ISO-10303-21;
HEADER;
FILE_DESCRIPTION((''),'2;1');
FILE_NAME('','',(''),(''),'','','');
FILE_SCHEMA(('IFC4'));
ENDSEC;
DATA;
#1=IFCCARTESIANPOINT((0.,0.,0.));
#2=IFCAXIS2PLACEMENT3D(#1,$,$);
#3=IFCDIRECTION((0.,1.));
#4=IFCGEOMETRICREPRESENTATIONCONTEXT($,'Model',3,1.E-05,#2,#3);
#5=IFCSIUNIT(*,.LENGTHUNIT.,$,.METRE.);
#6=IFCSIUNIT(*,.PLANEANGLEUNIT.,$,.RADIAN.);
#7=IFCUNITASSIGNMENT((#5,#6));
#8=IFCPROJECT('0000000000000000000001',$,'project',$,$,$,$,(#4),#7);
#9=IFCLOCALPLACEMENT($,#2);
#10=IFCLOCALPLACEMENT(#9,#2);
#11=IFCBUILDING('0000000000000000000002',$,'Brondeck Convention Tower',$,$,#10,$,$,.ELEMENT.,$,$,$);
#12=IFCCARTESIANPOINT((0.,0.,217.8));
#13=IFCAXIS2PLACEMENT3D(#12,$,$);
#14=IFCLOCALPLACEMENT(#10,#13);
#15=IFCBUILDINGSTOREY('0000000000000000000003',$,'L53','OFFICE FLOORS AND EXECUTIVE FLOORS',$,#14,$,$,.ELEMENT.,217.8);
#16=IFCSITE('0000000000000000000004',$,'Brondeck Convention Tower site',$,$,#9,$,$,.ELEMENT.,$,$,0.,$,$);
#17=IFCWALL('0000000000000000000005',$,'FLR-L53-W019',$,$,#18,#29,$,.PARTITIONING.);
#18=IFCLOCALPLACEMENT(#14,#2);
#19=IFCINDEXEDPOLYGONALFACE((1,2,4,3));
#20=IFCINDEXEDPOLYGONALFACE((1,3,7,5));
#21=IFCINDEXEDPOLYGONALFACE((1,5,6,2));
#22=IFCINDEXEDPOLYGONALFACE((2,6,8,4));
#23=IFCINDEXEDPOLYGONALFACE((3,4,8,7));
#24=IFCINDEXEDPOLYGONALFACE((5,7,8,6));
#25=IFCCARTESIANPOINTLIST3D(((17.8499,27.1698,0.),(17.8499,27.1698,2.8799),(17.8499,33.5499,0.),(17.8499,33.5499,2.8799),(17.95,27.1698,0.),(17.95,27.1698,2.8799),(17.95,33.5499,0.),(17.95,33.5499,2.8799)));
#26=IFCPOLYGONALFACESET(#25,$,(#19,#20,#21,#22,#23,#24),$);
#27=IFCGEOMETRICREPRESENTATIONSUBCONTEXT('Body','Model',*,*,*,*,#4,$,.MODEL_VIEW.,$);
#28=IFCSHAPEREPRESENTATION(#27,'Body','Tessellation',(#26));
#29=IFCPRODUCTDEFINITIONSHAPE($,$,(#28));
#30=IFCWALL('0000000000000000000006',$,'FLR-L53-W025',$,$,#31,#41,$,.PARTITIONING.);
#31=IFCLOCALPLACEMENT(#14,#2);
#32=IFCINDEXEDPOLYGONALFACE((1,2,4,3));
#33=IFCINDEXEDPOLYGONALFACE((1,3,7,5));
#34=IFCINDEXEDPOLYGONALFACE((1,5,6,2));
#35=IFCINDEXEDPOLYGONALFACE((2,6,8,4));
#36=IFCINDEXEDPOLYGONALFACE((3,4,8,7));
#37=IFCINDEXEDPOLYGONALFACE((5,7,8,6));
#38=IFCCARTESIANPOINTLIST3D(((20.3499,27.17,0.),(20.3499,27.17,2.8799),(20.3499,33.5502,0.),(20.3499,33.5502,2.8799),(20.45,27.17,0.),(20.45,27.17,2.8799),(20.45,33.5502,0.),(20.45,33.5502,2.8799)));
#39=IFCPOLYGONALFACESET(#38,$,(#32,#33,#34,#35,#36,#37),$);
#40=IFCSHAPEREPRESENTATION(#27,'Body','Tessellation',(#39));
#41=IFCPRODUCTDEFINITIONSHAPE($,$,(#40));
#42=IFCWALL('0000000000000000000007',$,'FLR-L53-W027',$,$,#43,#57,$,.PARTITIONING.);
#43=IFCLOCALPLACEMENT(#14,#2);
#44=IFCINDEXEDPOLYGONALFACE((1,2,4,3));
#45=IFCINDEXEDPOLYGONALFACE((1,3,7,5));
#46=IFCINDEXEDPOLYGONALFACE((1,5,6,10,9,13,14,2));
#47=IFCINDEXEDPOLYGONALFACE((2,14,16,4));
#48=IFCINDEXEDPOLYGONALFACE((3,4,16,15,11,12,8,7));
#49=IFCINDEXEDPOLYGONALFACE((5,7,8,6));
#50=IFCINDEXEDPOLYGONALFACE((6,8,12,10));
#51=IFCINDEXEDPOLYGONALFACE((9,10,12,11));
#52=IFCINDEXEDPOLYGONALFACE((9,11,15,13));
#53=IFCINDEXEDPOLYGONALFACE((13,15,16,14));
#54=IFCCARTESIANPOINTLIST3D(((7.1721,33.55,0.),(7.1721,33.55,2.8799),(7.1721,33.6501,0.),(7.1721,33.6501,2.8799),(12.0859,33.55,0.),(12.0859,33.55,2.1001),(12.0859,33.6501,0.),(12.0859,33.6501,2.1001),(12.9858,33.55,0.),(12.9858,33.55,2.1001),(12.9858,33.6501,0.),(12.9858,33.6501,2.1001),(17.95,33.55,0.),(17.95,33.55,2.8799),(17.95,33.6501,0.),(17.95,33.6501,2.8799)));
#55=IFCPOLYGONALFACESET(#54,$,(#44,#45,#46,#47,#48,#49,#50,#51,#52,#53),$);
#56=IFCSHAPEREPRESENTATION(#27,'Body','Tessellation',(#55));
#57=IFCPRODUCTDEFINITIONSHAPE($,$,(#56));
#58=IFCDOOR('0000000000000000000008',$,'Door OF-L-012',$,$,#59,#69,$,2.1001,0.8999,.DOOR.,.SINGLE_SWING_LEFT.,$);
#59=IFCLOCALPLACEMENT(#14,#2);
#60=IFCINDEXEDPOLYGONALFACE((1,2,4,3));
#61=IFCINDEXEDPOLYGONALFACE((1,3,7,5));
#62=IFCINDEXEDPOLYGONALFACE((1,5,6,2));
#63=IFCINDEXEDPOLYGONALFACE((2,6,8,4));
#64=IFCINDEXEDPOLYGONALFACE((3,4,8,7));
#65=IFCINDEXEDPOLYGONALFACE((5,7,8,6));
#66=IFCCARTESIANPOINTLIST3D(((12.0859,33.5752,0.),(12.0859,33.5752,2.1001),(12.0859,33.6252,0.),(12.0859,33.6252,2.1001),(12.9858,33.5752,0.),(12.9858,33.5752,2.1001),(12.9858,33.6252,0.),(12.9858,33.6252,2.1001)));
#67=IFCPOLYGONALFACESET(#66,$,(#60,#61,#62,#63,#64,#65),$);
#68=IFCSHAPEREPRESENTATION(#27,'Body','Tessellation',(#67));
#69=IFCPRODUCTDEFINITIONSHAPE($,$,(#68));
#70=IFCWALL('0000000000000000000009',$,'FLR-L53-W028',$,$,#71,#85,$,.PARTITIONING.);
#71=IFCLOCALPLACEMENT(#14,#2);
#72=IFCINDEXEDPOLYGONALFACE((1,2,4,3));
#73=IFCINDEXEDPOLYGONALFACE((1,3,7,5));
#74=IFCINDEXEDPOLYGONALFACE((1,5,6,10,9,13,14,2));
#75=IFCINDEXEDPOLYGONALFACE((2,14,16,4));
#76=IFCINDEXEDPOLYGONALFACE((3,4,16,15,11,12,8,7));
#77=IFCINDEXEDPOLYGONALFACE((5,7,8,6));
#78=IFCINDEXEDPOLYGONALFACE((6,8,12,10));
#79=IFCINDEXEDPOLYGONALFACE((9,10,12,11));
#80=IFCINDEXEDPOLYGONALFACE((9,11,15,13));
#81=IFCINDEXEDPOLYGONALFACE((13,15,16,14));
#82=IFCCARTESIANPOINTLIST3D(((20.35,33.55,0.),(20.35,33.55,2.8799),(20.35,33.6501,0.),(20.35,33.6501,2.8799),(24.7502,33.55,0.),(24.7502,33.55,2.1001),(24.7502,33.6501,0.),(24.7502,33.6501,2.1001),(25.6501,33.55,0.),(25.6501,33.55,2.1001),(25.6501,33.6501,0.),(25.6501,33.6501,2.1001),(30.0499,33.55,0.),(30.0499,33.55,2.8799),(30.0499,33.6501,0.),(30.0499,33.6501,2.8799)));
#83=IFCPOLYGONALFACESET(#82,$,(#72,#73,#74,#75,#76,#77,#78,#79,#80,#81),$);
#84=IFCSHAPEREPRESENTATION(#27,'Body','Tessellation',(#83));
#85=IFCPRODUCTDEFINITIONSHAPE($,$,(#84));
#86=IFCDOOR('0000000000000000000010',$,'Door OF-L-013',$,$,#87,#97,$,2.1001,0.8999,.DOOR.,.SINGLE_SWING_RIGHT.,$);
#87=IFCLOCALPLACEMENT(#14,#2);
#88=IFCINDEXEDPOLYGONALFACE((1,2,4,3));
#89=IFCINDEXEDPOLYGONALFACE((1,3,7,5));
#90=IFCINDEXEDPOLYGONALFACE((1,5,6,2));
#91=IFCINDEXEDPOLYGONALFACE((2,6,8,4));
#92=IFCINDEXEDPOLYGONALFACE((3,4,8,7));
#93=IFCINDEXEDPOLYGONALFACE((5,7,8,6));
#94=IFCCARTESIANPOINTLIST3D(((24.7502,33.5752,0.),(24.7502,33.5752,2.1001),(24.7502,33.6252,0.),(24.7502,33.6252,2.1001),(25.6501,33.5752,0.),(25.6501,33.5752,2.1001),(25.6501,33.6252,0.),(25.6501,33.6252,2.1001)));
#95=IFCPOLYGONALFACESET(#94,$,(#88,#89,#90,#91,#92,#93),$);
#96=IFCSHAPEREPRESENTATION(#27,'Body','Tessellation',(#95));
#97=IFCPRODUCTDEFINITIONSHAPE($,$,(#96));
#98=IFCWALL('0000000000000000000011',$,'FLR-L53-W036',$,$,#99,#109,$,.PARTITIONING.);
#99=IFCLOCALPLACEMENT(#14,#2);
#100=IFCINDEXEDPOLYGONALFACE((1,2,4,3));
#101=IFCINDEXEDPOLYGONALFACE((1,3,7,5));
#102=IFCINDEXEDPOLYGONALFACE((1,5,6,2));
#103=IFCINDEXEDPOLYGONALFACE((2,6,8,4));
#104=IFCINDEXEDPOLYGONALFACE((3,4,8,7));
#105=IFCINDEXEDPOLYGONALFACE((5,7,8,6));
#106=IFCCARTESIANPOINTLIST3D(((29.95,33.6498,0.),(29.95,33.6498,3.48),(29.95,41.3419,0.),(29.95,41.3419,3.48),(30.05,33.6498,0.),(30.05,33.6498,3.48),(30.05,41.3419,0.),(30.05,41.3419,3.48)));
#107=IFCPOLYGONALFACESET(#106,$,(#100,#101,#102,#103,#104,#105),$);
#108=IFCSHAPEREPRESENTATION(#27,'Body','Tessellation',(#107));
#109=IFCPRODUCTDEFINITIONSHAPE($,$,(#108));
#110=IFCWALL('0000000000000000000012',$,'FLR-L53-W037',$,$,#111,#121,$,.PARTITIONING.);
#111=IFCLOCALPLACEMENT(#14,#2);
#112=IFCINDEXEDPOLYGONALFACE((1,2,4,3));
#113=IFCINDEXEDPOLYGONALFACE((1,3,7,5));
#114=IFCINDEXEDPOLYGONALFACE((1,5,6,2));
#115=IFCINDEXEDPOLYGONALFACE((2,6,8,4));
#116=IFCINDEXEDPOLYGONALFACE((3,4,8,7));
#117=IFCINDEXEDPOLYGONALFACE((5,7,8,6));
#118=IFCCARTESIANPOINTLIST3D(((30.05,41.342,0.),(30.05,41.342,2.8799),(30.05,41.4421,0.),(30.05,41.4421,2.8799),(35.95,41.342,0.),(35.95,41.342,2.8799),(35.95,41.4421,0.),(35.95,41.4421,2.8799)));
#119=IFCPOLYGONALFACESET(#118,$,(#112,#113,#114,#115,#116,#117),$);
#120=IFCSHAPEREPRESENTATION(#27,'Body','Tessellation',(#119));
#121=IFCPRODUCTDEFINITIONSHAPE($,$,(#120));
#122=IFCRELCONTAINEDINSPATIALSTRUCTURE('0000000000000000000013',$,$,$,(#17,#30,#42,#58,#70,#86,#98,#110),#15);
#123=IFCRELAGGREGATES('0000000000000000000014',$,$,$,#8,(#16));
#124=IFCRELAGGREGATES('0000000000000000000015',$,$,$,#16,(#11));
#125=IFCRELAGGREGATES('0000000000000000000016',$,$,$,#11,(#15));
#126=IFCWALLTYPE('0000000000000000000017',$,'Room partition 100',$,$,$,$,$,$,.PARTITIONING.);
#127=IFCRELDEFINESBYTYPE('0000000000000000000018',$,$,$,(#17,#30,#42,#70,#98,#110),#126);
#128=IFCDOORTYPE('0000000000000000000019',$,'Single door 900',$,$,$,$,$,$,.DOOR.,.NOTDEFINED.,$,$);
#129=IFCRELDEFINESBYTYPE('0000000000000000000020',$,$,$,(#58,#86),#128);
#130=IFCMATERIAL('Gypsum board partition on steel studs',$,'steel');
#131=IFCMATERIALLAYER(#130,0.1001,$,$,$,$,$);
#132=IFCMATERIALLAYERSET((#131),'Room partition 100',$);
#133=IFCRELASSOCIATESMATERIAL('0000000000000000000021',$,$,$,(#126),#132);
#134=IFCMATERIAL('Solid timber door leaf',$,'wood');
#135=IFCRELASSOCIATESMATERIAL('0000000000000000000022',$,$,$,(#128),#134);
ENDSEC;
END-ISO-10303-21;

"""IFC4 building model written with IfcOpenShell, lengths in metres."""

from ifc_helpers import new_model, si_unit, direction, frame, frame_2d, origin, place, context, subcontext, project, spatial, rectangle, extrude, material, layer, layer_set, type_object, element, fill, save


model = new_model("IFC4")

# Units and contexts
model_context = context("Model", 3, precision=1e-05, world=origin(), true_north=direction((0.0, 1.0)))
body_context = subcontext(model_context, "Body", "Model", "MODEL_VIEW")
ifc_project = project(units=[si_unit("LENGTHUNIT", "METRE"), si_unit("PLANEANGLEUNIT", "RADIAN")], contexts=[model_context])

# Site, building, storey
site_placement = place(None, origin())
site = spatial("IfcSite", under=ifc_project, at=site_placement, Name="Brondeck Convention Tower site", CompositionType="ELEMENT", RefElevation=0.0)
building_placement = place(site_placement, origin())
building = spatial("IfcBuilding", under=site, at=building_placement, Name="Brondeck Convention Tower", CompositionType="ELEMENT")
storey_placement = place(building_placement, frame((0.0, 0.0, 217.8)))
storey = spatial("IfcBuildingStorey", under=building, at=storey_placement, Name="L53", Description="OFFICE FLOORS AND EXECUTIVE FLOORS", CompositionType="ELEMENT", Elevation=217.8)

# Shared definitions
ifc_material_1 = material(Name="Gypsum board partition on steel studs", Category="steel")
ifc_layer_1 = layer(ifc_material_1, 0.1001)
ifc_layer_set_1 = layer_set([ifc_layer_1], Name="Room partition 100")
wall_type_1 = type_object("IfcWallType", Name="Room partition 100", PredefinedType="PARTITIONING", material=ifc_layer_set_1)

# Walls
for number, where, z_axis, x_axis, name in (
    (1, (17.8999, 27.1699, 0.0), (0.0, 0.0, 1.0), (0.0, 1.0, 0.0), "FLR-L53-W019"),
    (2, (20.3999, 33.55, 0.0), (0.0, 0.0, 1.0), (0.0, -1.0, 0.0), "FLR-L53-W025"),
):
    element("IfcWall", number, at=place(storey_placement, frame(where, z_axis=z_axis, x_axis=x_axis)), inside=storey, type_object=wall_type_1, Name=name, PredefinedType="PARTITIONING", context=body_context, shape_type="SweptSolid", body=[
        extrude(rectangle(XDim=6.3801, YDim=0.1001, at=frame_2d((3.1899, 0.0))), origin(), (0.0, 0.0, 1.0), 2.8799),
    ])

# Walls, openings, doors
wall_1_placement = place(storey_placement, frame((17.95, 33.6001, 0.0), z_axis=(0.0, 0.0, 1.0), x_axis=(-1.0, 0.0, 0.0)))
wall_1 = element("IfcWall", 3, at=wall_1_placement, inside=storey, type_object=wall_type_1, Name="FLR-L53-W027", PredefinedType="PARTITIONING", context=body_context, shape_type="SweptSolid", body=[
    extrude(rectangle(XDim=10.7778, YDim=0.1001, at=frame_2d((5.3889, 0.0))), origin(), (0.0, 0.0, 1.0), 2.8799),
])
opening_1_placement = place(wall_1_placement, frame((4.9641, 0.0, 0.0)))
opening_1 = element("IfcOpeningElement", 4, at=opening_1_placement, cuts=wall_1, PredefinedType="OPENING", context=body_context, shape_type="SweptSolid", body=[
    extrude(rectangle(XDim=0.8999, YDim=2.1001, at=frame_2d((0.45, 1.05))), frame((0.0, 0.0601, 0.0), z_axis=(0.0, -1.0, 0.0), x_axis=(1.0, 0.0, 0.0)), (0.0, 0.0, 1.0), 0.1201),
])
ifc_material_2 = material(Name="Solid timber door leaf", Category="wood")
door_type_1 = type_object("IfcDoorType", Name="Single door 900", OperationType="NOTDEFINED", PredefinedType="DOOR", material=ifc_material_2)
door_1_placement = place(opening_1_placement, origin())
door_1 = element("IfcDoor", 5, at=door_1_placement, inside=storey, type_object=door_type_1, Name="Door OF-L-012", OperationType="SINGLE_SWING_LEFT", OverallHeight=2.1001, OverallWidth=0.8999, PredefinedType="DOOR", context=body_context, shape_type="SweptSolid", body=[
    extrude(rectangle(XDim=0.8999, YDim=2.1001, at=frame_2d((0.45, 1.05))), frame((0.0, 0.0249, 0.0), z_axis=(0.0, -1.0, 0.0), x_axis=(1.0, 0.0, 0.0)), (0.0, 0.0, 1.0), 0.05),
])
fill(opening_1, door_1)
wall_2_placement = place(storey_placement, frame((30.05, 33.6001, 0.0), z_axis=(0.0, 0.0, 1.0), x_axis=(-1.0, 0.0, 0.0)))
wall_2 = element("IfcWall", 6, at=wall_2_placement, inside=storey, type_object=wall_type_1, Name="FLR-L53-W028", PredefinedType="PARTITIONING", context=body_context, shape_type="SweptSolid", body=[
    extrude(rectangle(XDim=9.7, YDim=0.1001, at=frame_2d((4.8501, 0.0))), origin(), (0.0, 0.0, 1.0), 2.8799),
])
opening_2_placement = place(wall_2_placement, frame((4.3999, 0.0, 0.0)))
opening_2 = element("IfcOpeningElement", 7, at=opening_2_placement, cuts=wall_2, PredefinedType="OPENING", context=body_context, shape_type="SweptSolid", body=[
    extrude(rectangle(XDim=0.8999, YDim=2.1001, at=frame_2d((0.45, 1.05))), frame((0.0, 0.0601, 0.0), z_axis=(0.0, -1.0, 0.0), x_axis=(1.0, 0.0, 0.0)), (0.0, 0.0, 1.0), 0.1201),
])
door_2_placement = place(opening_2_placement, origin())
door_2 = element("IfcDoor", 8, at=door_2_placement, inside=storey, type_object=door_type_1, Name="Door OF-L-013", OperationType="SINGLE_SWING_RIGHT", OverallHeight=2.1001, OverallWidth=0.8999, PredefinedType="DOOR", context=body_context, shape_type="SweptSolid", body=[
    extrude(rectangle(XDim=0.8999, YDim=2.1001, at=frame_2d((0.45, 1.05))), frame((0.0, 0.0249, 0.0), z_axis=(0.0, -1.0, 0.0), x_axis=(1.0, 0.0, 0.0)), (0.0, 0.0, 1.0), 0.05),
])
fill(opening_2, door_2)

# Walls
wall_3_placement = place(storey_placement, frame((30.0, 41.342, 0.0), z_axis=(0.0, 0.0, 1.0), x_axis=(0.0, -1.0, 0.0)))
element("IfcWall", 9, at=wall_3_placement, inside=storey, type_object=wall_type_1, Name="FLR-L53-W036", PredefinedType="PARTITIONING", context=body_context, shape_type="SweptSolid", body=[
    extrude(rectangle(XDim=7.6921, YDim=0.1001, at=frame_2d((3.8462, 0.0))), origin(), (0.0, 0.0, 1.0), 3.48),
])
wall_4_placement = place(storey_placement, frame((30.05, 41.3921, 0.0), z_axis=(0.0, 0.0, 1.0), x_axis=(1.0, 0.0, 0.0)))
element("IfcWall", 10, at=wall_4_placement, inside=storey, type_object=wall_type_1, Name="FLR-L53-W037", PredefinedType="PARTITIONING", context=body_context, shape_type="SweptSolid", body=[
    extrude(rectangle(XDim=5.8999, YDim=0.1001, at=frame_2d((2.95, 0.0))), origin(), (0.0, 0.0, 1.0), 2.8799),
])

save(model, "model.ifc")
